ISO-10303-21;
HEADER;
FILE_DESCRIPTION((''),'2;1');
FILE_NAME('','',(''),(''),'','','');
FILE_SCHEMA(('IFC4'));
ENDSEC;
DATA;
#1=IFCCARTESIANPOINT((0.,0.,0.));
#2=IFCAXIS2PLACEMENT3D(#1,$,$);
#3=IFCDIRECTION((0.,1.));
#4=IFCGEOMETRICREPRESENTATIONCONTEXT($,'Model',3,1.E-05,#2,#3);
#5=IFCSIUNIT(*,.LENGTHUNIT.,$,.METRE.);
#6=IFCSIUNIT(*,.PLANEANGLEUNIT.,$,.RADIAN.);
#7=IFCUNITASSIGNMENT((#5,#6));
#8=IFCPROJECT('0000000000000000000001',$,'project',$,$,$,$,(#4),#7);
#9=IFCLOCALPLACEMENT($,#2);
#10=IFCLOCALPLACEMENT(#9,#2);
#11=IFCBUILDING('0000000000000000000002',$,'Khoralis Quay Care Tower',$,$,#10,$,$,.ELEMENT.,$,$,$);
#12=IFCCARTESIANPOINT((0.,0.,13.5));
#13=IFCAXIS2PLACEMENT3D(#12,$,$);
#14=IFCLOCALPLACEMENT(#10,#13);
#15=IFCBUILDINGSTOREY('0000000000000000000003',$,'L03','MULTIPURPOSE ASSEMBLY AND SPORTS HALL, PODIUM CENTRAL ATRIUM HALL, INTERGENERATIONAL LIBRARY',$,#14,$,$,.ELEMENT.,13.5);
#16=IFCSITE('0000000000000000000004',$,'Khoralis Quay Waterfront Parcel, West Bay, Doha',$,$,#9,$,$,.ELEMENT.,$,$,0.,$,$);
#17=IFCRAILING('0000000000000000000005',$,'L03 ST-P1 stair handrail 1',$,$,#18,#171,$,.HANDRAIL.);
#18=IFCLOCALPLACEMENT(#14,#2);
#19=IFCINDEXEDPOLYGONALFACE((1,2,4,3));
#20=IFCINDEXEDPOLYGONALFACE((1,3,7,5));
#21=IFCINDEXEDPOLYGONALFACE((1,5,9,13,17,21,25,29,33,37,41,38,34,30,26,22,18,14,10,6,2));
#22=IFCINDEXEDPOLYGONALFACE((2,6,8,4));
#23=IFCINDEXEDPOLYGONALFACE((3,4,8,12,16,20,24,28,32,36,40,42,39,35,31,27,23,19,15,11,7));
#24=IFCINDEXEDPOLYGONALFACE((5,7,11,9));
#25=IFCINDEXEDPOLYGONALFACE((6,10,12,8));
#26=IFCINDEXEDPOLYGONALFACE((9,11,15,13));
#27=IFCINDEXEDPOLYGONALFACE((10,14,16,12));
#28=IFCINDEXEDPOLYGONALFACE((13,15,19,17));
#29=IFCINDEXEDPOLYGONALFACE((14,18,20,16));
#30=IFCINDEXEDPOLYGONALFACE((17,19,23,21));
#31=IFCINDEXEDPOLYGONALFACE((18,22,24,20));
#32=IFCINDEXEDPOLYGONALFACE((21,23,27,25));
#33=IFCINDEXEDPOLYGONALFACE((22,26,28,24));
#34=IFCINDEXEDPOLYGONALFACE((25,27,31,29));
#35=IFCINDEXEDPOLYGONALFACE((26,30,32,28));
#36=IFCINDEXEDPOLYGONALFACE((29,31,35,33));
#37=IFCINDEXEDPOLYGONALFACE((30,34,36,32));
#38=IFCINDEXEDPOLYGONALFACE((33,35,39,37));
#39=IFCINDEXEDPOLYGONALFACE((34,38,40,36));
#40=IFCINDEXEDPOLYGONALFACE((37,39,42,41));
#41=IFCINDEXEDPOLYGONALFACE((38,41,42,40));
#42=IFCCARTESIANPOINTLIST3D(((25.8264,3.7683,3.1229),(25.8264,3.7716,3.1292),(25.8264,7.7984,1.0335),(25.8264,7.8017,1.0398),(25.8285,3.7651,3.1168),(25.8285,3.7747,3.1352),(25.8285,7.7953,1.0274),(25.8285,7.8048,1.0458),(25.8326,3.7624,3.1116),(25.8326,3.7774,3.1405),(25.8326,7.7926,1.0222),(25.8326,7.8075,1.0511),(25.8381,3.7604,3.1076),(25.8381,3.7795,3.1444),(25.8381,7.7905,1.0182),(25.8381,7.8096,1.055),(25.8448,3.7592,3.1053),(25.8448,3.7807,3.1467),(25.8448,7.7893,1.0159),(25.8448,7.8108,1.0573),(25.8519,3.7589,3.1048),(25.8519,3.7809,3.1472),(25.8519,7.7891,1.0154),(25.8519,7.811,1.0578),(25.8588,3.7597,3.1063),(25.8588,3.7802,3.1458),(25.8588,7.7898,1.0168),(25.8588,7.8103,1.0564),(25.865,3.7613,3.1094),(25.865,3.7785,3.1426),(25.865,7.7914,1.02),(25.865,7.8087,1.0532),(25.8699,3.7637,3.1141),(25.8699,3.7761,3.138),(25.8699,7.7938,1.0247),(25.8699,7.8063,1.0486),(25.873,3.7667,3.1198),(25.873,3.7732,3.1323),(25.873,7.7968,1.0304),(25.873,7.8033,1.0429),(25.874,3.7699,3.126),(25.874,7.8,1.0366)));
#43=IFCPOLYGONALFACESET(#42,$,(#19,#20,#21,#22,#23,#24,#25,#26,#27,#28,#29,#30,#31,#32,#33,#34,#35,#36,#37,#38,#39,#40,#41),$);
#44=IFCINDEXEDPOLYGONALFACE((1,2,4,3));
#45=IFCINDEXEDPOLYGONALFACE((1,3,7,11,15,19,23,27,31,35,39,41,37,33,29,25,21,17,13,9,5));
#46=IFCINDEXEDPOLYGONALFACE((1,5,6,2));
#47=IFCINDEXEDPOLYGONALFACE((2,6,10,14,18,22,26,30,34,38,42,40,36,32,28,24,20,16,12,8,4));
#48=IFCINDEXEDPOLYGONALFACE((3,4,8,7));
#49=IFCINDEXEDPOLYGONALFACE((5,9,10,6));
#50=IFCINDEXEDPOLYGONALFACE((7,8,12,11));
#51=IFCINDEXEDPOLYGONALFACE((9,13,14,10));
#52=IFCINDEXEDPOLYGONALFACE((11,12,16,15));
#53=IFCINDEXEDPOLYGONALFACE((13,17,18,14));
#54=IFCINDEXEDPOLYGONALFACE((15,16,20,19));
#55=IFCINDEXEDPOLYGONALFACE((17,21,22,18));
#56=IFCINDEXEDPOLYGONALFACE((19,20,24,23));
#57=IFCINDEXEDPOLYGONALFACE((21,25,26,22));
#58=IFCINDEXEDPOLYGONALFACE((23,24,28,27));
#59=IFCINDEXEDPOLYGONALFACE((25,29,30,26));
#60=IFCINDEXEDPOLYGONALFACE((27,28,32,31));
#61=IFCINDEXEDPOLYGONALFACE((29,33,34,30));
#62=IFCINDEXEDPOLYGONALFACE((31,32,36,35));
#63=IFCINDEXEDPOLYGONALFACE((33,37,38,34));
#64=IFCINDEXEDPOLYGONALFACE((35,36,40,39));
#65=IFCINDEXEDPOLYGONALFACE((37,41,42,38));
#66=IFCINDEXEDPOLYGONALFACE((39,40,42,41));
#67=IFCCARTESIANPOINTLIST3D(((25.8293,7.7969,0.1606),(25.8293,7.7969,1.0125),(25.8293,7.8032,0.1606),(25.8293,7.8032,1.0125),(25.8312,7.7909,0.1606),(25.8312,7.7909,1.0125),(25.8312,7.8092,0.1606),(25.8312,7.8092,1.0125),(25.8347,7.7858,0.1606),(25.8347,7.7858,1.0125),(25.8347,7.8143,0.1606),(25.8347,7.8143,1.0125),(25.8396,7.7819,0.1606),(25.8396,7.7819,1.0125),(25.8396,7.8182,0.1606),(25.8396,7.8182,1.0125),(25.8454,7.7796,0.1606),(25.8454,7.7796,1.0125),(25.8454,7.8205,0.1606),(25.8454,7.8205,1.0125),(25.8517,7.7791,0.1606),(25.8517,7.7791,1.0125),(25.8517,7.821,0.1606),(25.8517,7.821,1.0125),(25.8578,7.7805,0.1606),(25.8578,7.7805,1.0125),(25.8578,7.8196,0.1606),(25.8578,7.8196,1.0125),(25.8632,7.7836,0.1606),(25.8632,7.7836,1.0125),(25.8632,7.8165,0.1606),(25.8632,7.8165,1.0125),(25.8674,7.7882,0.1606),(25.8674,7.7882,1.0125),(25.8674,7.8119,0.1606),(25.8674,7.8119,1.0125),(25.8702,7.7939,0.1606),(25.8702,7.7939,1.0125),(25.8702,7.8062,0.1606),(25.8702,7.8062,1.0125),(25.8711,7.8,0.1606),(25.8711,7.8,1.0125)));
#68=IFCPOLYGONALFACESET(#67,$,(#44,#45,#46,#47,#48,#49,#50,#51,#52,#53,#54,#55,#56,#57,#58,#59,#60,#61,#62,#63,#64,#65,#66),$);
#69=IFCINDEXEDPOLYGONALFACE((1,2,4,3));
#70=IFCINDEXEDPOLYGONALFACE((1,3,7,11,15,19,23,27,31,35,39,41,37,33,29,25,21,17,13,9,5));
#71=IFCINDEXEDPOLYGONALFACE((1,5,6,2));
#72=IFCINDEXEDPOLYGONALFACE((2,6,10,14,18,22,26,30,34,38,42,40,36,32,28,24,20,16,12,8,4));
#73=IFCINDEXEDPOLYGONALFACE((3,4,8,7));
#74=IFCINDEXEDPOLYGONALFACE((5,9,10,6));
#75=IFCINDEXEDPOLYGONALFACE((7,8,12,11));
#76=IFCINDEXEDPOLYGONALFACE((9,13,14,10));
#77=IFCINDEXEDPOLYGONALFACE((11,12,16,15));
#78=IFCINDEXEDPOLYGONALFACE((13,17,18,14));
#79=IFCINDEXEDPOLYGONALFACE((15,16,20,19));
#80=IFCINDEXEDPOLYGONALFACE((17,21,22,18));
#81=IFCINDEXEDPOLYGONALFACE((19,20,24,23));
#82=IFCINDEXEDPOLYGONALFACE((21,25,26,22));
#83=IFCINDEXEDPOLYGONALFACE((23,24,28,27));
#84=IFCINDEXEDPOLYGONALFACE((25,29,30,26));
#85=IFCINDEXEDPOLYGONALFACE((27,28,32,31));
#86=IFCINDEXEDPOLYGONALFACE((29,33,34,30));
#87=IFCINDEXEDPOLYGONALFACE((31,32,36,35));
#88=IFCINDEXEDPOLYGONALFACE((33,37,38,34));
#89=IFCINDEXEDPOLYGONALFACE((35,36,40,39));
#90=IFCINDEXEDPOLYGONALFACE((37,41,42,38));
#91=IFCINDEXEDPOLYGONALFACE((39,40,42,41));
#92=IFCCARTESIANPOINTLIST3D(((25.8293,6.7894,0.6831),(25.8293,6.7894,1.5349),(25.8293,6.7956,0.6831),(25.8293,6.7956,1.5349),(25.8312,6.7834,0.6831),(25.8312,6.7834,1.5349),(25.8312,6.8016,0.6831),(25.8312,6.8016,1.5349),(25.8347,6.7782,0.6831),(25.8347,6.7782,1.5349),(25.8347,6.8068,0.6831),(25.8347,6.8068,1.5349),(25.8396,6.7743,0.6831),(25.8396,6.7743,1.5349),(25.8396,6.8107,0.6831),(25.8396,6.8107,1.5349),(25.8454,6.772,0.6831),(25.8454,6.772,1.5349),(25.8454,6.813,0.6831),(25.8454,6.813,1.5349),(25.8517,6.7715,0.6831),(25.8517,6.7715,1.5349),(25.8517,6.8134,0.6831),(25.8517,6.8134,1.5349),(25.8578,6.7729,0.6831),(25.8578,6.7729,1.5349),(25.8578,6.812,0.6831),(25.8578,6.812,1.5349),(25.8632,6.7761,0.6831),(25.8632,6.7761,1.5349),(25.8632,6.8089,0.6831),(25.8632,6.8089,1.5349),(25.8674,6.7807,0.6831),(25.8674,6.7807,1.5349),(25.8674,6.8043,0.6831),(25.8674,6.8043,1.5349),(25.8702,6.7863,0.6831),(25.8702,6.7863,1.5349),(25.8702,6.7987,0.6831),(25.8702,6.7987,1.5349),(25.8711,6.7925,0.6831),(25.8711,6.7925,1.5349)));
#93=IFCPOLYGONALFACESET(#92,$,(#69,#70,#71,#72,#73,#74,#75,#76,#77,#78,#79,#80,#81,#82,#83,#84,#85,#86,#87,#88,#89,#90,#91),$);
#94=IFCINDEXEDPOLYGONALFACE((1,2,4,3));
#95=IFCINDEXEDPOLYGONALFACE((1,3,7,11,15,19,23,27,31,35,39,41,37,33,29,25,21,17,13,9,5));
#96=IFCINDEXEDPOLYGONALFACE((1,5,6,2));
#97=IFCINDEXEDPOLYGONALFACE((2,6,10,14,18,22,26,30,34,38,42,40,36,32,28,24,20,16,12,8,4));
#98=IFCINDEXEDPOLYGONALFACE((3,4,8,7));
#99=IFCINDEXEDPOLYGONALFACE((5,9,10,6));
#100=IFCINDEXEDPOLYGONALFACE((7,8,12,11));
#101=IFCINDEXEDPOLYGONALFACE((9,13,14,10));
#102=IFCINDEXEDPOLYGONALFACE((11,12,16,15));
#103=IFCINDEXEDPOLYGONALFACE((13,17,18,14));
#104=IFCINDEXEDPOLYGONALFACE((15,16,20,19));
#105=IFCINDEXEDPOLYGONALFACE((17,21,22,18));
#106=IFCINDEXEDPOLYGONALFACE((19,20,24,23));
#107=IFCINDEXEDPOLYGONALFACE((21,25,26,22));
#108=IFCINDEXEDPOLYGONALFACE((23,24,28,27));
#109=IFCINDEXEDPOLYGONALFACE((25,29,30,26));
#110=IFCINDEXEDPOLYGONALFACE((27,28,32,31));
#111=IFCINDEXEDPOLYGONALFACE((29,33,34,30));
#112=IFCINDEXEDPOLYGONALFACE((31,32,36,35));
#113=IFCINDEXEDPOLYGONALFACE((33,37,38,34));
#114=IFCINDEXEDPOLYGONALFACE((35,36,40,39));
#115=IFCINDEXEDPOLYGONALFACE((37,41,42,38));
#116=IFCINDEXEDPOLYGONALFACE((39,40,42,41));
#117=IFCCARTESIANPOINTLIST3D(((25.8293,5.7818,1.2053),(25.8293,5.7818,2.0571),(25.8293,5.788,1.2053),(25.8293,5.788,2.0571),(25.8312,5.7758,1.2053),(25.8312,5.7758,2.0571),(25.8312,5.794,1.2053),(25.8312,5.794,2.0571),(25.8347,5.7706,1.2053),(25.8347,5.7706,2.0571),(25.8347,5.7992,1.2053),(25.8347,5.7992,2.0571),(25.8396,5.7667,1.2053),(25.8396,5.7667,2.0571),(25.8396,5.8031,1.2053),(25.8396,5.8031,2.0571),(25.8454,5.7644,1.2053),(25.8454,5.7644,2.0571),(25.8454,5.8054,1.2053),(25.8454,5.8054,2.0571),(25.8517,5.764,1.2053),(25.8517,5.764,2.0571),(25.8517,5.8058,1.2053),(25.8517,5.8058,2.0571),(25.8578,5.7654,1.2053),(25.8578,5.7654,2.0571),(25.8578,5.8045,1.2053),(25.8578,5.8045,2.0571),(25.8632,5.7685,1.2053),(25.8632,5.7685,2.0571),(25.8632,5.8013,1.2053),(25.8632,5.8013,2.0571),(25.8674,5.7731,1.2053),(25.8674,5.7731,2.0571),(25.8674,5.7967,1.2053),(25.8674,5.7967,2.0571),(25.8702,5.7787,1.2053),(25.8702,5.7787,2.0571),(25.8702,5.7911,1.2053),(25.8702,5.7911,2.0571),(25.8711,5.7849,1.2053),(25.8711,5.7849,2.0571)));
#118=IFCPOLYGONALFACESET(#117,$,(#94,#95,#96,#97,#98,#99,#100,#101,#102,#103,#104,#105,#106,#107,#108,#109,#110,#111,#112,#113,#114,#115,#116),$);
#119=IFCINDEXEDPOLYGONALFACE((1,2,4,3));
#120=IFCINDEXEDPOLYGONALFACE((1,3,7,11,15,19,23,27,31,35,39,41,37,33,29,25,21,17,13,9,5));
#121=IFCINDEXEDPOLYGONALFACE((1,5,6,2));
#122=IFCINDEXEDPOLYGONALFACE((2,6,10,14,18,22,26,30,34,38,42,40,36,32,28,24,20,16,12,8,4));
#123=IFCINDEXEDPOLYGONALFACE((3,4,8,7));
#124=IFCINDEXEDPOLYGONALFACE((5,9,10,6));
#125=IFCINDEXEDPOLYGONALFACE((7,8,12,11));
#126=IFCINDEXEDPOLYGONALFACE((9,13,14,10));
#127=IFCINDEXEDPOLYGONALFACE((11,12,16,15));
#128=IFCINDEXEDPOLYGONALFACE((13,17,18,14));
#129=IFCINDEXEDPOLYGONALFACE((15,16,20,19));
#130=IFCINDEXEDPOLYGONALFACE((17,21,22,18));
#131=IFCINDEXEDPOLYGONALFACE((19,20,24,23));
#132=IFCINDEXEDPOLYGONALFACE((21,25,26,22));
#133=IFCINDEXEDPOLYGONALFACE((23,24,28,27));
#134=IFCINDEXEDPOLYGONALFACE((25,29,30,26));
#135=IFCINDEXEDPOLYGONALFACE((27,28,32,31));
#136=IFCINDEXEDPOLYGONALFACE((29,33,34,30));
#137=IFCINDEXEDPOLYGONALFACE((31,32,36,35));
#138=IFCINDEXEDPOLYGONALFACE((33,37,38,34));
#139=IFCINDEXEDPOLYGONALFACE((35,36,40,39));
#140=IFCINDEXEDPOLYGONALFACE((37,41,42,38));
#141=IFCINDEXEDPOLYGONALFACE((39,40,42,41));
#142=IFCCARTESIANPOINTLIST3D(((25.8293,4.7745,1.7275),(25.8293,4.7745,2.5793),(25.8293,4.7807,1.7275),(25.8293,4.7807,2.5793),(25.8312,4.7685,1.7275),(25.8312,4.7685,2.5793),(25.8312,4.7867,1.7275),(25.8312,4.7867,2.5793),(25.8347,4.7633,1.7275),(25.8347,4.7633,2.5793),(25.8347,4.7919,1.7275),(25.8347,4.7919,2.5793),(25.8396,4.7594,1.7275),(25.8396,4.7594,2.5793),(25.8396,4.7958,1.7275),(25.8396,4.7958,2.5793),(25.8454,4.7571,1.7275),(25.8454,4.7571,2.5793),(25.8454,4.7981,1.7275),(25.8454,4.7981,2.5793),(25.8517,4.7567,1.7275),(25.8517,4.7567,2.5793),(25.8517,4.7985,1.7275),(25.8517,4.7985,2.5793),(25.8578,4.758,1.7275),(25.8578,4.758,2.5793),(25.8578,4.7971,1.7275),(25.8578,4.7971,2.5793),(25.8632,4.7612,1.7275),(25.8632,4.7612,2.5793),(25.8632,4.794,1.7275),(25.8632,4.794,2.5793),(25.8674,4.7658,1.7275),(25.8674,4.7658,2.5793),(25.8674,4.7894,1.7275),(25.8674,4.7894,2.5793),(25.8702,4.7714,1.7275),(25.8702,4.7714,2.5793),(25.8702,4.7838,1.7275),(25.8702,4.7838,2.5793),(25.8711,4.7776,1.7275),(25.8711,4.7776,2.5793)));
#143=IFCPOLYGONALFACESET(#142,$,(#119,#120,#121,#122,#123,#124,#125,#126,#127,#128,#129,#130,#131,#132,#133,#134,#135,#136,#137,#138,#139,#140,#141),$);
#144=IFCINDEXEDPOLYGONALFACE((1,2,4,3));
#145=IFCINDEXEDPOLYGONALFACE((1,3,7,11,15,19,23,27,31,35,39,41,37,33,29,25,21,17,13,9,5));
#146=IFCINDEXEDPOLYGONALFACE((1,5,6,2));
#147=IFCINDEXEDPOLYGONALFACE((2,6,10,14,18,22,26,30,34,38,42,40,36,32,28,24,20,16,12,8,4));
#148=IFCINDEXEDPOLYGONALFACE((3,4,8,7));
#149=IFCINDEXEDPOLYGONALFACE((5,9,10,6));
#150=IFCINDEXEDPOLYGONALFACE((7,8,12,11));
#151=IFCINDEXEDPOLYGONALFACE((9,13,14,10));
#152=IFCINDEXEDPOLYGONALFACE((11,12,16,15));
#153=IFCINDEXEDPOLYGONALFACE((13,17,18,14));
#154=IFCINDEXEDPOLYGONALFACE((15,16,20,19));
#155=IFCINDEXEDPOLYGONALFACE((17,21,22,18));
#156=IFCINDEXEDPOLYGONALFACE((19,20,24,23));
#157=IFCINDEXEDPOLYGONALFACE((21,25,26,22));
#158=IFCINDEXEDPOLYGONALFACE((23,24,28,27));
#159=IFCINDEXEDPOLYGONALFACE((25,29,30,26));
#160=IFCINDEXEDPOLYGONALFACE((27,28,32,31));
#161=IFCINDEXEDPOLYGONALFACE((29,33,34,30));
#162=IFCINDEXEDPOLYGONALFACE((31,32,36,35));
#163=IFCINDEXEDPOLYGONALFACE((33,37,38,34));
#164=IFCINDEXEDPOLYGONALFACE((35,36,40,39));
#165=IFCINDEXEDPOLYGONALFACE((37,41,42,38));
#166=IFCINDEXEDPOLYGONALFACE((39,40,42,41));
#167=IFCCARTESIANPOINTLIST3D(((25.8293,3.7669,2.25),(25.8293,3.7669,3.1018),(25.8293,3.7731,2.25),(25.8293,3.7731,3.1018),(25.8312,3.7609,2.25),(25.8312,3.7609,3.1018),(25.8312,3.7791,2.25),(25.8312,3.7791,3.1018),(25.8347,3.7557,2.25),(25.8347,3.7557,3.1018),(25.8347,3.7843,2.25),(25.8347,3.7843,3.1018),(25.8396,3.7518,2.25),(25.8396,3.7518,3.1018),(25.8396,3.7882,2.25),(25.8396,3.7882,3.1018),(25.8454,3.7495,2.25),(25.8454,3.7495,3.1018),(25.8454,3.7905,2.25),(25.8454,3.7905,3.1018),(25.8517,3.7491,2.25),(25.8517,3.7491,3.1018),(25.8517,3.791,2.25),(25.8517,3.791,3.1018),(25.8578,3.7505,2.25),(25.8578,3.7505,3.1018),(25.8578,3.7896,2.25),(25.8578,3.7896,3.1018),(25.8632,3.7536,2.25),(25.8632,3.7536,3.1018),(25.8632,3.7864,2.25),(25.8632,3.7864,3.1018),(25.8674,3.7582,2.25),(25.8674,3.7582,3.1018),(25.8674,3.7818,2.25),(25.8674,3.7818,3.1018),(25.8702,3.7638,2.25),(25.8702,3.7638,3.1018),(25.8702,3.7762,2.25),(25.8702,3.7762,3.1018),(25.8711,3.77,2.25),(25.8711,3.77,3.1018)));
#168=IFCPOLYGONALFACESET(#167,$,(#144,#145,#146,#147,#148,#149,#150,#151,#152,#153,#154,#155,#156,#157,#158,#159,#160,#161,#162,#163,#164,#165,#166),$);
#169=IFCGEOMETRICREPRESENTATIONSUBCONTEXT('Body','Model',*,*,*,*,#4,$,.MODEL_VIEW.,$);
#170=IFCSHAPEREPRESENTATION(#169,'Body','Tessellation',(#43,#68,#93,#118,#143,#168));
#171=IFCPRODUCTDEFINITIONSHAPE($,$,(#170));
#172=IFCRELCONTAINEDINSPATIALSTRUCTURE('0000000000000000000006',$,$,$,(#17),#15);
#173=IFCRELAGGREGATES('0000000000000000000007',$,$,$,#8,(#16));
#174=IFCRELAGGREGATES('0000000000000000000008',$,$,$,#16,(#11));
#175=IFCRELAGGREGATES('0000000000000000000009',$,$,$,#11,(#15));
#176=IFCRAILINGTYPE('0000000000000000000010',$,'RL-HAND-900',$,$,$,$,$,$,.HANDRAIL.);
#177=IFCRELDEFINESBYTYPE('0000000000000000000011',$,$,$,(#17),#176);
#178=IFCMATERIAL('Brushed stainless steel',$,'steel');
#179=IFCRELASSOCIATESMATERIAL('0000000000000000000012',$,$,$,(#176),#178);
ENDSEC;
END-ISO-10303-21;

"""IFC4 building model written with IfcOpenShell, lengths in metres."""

from ifc_helpers import new_model, si_unit, direction, frame, origin, origin_2d, place, context, subcontext, project, spatial, circle, extrude, material, type_object, element, save


model = new_model("IFC4")

# Units and contexts
model_context = context("Model", 3, precision=1e-05, world=origin(), true_north=direction((0.0, 1.0)))
body_context = subcontext(model_context, "Body", "Model", "MODEL_VIEW")
ifc_project = project(units=[si_unit("LENGTHUNIT", "METRE"), si_unit("PLANEANGLEUNIT", "RADIAN")], contexts=[model_context])

# Site, building, storey
site_placement = place(None, origin())
site = spatial("IfcSite", under=ifc_project, at=site_placement, Name="Khoralis Quay Waterfront Parcel, West Bay, Doha", CompositionType="ELEMENT", RefElevation=0.0)
building_placement = place(site_placement, origin())
building = spatial("IfcBuilding", under=site, at=building_placement, Name="Khoralis Quay Care Tower", CompositionType="ELEMENT")
storey_placement = place(building_placement, frame((0.0, 0.0, 13.5)))
storey = spatial("IfcBuildingStorey", under=building, at=storey_placement, Name="L03", Description="MULTIPURPOSE ASSEMBLY AND SPORTS HALL, PODIUM CENTRAL ATRIUM HALL, INTERGENERATIONAL LIBRARY", CompositionType="ELEMENT", Elevation=13.5)

# Railing
ifc_material_1 = material(Name="Brushed stainless steel", Category="steel")
railing_type_1 = type_object("IfcRailingType", Name="RL-HAND-900", PredefinedType="HANDRAIL", material=ifc_material_1)
railing_1_placement = place(storey_placement, frame((25.8501, 7.8, 0.1606)))
element("IfcRailing", 1, at=railing_1_placement, inside=storey, type_object=railing_type_1, Name="L03 ST-P1 stair handrail 1", PredefinedType="HANDRAIL", context=body_context, shape_type="SweptSolid", body=[
    extrude(circle(Radius=0.0239, at=origin_2d()), frame((0.0, 0.0, 0.876), z_axis=(0.0, -0.887781, 0.460267), x_axis=(1.0, 0.0, 0.0)), (0.0, 0.0, 1.0), 4.5396),
    extrude(circle(Radius=0.021, at=origin_2d()), origin(), (0.0, 0.0, 1.0), 0.8518),
    extrude(circle(Radius=0.021, at=origin_2d()), frame((0.0, -1.0076, 0.5225)), (0.0, 0.0, 1.0), 0.8518),
    extrude(circle(Radius=0.021, at=origin_2d()), frame((0.0, -2.0151, 1.0447)), (0.0, 0.0, 1.0), 0.8518),
    extrude(circle(Radius=0.021, at=origin_2d()), frame((0.0, -3.0225, 1.5669)), (0.0, 0.0, 1.0), 0.8518),
    extrude(circle(Radius=0.021, at=origin_2d()), frame((0.0, -4.03, 2.0894)), (0.0, 0.0, 1.0), 0.8518),
])

save(model, "model.ifc")
